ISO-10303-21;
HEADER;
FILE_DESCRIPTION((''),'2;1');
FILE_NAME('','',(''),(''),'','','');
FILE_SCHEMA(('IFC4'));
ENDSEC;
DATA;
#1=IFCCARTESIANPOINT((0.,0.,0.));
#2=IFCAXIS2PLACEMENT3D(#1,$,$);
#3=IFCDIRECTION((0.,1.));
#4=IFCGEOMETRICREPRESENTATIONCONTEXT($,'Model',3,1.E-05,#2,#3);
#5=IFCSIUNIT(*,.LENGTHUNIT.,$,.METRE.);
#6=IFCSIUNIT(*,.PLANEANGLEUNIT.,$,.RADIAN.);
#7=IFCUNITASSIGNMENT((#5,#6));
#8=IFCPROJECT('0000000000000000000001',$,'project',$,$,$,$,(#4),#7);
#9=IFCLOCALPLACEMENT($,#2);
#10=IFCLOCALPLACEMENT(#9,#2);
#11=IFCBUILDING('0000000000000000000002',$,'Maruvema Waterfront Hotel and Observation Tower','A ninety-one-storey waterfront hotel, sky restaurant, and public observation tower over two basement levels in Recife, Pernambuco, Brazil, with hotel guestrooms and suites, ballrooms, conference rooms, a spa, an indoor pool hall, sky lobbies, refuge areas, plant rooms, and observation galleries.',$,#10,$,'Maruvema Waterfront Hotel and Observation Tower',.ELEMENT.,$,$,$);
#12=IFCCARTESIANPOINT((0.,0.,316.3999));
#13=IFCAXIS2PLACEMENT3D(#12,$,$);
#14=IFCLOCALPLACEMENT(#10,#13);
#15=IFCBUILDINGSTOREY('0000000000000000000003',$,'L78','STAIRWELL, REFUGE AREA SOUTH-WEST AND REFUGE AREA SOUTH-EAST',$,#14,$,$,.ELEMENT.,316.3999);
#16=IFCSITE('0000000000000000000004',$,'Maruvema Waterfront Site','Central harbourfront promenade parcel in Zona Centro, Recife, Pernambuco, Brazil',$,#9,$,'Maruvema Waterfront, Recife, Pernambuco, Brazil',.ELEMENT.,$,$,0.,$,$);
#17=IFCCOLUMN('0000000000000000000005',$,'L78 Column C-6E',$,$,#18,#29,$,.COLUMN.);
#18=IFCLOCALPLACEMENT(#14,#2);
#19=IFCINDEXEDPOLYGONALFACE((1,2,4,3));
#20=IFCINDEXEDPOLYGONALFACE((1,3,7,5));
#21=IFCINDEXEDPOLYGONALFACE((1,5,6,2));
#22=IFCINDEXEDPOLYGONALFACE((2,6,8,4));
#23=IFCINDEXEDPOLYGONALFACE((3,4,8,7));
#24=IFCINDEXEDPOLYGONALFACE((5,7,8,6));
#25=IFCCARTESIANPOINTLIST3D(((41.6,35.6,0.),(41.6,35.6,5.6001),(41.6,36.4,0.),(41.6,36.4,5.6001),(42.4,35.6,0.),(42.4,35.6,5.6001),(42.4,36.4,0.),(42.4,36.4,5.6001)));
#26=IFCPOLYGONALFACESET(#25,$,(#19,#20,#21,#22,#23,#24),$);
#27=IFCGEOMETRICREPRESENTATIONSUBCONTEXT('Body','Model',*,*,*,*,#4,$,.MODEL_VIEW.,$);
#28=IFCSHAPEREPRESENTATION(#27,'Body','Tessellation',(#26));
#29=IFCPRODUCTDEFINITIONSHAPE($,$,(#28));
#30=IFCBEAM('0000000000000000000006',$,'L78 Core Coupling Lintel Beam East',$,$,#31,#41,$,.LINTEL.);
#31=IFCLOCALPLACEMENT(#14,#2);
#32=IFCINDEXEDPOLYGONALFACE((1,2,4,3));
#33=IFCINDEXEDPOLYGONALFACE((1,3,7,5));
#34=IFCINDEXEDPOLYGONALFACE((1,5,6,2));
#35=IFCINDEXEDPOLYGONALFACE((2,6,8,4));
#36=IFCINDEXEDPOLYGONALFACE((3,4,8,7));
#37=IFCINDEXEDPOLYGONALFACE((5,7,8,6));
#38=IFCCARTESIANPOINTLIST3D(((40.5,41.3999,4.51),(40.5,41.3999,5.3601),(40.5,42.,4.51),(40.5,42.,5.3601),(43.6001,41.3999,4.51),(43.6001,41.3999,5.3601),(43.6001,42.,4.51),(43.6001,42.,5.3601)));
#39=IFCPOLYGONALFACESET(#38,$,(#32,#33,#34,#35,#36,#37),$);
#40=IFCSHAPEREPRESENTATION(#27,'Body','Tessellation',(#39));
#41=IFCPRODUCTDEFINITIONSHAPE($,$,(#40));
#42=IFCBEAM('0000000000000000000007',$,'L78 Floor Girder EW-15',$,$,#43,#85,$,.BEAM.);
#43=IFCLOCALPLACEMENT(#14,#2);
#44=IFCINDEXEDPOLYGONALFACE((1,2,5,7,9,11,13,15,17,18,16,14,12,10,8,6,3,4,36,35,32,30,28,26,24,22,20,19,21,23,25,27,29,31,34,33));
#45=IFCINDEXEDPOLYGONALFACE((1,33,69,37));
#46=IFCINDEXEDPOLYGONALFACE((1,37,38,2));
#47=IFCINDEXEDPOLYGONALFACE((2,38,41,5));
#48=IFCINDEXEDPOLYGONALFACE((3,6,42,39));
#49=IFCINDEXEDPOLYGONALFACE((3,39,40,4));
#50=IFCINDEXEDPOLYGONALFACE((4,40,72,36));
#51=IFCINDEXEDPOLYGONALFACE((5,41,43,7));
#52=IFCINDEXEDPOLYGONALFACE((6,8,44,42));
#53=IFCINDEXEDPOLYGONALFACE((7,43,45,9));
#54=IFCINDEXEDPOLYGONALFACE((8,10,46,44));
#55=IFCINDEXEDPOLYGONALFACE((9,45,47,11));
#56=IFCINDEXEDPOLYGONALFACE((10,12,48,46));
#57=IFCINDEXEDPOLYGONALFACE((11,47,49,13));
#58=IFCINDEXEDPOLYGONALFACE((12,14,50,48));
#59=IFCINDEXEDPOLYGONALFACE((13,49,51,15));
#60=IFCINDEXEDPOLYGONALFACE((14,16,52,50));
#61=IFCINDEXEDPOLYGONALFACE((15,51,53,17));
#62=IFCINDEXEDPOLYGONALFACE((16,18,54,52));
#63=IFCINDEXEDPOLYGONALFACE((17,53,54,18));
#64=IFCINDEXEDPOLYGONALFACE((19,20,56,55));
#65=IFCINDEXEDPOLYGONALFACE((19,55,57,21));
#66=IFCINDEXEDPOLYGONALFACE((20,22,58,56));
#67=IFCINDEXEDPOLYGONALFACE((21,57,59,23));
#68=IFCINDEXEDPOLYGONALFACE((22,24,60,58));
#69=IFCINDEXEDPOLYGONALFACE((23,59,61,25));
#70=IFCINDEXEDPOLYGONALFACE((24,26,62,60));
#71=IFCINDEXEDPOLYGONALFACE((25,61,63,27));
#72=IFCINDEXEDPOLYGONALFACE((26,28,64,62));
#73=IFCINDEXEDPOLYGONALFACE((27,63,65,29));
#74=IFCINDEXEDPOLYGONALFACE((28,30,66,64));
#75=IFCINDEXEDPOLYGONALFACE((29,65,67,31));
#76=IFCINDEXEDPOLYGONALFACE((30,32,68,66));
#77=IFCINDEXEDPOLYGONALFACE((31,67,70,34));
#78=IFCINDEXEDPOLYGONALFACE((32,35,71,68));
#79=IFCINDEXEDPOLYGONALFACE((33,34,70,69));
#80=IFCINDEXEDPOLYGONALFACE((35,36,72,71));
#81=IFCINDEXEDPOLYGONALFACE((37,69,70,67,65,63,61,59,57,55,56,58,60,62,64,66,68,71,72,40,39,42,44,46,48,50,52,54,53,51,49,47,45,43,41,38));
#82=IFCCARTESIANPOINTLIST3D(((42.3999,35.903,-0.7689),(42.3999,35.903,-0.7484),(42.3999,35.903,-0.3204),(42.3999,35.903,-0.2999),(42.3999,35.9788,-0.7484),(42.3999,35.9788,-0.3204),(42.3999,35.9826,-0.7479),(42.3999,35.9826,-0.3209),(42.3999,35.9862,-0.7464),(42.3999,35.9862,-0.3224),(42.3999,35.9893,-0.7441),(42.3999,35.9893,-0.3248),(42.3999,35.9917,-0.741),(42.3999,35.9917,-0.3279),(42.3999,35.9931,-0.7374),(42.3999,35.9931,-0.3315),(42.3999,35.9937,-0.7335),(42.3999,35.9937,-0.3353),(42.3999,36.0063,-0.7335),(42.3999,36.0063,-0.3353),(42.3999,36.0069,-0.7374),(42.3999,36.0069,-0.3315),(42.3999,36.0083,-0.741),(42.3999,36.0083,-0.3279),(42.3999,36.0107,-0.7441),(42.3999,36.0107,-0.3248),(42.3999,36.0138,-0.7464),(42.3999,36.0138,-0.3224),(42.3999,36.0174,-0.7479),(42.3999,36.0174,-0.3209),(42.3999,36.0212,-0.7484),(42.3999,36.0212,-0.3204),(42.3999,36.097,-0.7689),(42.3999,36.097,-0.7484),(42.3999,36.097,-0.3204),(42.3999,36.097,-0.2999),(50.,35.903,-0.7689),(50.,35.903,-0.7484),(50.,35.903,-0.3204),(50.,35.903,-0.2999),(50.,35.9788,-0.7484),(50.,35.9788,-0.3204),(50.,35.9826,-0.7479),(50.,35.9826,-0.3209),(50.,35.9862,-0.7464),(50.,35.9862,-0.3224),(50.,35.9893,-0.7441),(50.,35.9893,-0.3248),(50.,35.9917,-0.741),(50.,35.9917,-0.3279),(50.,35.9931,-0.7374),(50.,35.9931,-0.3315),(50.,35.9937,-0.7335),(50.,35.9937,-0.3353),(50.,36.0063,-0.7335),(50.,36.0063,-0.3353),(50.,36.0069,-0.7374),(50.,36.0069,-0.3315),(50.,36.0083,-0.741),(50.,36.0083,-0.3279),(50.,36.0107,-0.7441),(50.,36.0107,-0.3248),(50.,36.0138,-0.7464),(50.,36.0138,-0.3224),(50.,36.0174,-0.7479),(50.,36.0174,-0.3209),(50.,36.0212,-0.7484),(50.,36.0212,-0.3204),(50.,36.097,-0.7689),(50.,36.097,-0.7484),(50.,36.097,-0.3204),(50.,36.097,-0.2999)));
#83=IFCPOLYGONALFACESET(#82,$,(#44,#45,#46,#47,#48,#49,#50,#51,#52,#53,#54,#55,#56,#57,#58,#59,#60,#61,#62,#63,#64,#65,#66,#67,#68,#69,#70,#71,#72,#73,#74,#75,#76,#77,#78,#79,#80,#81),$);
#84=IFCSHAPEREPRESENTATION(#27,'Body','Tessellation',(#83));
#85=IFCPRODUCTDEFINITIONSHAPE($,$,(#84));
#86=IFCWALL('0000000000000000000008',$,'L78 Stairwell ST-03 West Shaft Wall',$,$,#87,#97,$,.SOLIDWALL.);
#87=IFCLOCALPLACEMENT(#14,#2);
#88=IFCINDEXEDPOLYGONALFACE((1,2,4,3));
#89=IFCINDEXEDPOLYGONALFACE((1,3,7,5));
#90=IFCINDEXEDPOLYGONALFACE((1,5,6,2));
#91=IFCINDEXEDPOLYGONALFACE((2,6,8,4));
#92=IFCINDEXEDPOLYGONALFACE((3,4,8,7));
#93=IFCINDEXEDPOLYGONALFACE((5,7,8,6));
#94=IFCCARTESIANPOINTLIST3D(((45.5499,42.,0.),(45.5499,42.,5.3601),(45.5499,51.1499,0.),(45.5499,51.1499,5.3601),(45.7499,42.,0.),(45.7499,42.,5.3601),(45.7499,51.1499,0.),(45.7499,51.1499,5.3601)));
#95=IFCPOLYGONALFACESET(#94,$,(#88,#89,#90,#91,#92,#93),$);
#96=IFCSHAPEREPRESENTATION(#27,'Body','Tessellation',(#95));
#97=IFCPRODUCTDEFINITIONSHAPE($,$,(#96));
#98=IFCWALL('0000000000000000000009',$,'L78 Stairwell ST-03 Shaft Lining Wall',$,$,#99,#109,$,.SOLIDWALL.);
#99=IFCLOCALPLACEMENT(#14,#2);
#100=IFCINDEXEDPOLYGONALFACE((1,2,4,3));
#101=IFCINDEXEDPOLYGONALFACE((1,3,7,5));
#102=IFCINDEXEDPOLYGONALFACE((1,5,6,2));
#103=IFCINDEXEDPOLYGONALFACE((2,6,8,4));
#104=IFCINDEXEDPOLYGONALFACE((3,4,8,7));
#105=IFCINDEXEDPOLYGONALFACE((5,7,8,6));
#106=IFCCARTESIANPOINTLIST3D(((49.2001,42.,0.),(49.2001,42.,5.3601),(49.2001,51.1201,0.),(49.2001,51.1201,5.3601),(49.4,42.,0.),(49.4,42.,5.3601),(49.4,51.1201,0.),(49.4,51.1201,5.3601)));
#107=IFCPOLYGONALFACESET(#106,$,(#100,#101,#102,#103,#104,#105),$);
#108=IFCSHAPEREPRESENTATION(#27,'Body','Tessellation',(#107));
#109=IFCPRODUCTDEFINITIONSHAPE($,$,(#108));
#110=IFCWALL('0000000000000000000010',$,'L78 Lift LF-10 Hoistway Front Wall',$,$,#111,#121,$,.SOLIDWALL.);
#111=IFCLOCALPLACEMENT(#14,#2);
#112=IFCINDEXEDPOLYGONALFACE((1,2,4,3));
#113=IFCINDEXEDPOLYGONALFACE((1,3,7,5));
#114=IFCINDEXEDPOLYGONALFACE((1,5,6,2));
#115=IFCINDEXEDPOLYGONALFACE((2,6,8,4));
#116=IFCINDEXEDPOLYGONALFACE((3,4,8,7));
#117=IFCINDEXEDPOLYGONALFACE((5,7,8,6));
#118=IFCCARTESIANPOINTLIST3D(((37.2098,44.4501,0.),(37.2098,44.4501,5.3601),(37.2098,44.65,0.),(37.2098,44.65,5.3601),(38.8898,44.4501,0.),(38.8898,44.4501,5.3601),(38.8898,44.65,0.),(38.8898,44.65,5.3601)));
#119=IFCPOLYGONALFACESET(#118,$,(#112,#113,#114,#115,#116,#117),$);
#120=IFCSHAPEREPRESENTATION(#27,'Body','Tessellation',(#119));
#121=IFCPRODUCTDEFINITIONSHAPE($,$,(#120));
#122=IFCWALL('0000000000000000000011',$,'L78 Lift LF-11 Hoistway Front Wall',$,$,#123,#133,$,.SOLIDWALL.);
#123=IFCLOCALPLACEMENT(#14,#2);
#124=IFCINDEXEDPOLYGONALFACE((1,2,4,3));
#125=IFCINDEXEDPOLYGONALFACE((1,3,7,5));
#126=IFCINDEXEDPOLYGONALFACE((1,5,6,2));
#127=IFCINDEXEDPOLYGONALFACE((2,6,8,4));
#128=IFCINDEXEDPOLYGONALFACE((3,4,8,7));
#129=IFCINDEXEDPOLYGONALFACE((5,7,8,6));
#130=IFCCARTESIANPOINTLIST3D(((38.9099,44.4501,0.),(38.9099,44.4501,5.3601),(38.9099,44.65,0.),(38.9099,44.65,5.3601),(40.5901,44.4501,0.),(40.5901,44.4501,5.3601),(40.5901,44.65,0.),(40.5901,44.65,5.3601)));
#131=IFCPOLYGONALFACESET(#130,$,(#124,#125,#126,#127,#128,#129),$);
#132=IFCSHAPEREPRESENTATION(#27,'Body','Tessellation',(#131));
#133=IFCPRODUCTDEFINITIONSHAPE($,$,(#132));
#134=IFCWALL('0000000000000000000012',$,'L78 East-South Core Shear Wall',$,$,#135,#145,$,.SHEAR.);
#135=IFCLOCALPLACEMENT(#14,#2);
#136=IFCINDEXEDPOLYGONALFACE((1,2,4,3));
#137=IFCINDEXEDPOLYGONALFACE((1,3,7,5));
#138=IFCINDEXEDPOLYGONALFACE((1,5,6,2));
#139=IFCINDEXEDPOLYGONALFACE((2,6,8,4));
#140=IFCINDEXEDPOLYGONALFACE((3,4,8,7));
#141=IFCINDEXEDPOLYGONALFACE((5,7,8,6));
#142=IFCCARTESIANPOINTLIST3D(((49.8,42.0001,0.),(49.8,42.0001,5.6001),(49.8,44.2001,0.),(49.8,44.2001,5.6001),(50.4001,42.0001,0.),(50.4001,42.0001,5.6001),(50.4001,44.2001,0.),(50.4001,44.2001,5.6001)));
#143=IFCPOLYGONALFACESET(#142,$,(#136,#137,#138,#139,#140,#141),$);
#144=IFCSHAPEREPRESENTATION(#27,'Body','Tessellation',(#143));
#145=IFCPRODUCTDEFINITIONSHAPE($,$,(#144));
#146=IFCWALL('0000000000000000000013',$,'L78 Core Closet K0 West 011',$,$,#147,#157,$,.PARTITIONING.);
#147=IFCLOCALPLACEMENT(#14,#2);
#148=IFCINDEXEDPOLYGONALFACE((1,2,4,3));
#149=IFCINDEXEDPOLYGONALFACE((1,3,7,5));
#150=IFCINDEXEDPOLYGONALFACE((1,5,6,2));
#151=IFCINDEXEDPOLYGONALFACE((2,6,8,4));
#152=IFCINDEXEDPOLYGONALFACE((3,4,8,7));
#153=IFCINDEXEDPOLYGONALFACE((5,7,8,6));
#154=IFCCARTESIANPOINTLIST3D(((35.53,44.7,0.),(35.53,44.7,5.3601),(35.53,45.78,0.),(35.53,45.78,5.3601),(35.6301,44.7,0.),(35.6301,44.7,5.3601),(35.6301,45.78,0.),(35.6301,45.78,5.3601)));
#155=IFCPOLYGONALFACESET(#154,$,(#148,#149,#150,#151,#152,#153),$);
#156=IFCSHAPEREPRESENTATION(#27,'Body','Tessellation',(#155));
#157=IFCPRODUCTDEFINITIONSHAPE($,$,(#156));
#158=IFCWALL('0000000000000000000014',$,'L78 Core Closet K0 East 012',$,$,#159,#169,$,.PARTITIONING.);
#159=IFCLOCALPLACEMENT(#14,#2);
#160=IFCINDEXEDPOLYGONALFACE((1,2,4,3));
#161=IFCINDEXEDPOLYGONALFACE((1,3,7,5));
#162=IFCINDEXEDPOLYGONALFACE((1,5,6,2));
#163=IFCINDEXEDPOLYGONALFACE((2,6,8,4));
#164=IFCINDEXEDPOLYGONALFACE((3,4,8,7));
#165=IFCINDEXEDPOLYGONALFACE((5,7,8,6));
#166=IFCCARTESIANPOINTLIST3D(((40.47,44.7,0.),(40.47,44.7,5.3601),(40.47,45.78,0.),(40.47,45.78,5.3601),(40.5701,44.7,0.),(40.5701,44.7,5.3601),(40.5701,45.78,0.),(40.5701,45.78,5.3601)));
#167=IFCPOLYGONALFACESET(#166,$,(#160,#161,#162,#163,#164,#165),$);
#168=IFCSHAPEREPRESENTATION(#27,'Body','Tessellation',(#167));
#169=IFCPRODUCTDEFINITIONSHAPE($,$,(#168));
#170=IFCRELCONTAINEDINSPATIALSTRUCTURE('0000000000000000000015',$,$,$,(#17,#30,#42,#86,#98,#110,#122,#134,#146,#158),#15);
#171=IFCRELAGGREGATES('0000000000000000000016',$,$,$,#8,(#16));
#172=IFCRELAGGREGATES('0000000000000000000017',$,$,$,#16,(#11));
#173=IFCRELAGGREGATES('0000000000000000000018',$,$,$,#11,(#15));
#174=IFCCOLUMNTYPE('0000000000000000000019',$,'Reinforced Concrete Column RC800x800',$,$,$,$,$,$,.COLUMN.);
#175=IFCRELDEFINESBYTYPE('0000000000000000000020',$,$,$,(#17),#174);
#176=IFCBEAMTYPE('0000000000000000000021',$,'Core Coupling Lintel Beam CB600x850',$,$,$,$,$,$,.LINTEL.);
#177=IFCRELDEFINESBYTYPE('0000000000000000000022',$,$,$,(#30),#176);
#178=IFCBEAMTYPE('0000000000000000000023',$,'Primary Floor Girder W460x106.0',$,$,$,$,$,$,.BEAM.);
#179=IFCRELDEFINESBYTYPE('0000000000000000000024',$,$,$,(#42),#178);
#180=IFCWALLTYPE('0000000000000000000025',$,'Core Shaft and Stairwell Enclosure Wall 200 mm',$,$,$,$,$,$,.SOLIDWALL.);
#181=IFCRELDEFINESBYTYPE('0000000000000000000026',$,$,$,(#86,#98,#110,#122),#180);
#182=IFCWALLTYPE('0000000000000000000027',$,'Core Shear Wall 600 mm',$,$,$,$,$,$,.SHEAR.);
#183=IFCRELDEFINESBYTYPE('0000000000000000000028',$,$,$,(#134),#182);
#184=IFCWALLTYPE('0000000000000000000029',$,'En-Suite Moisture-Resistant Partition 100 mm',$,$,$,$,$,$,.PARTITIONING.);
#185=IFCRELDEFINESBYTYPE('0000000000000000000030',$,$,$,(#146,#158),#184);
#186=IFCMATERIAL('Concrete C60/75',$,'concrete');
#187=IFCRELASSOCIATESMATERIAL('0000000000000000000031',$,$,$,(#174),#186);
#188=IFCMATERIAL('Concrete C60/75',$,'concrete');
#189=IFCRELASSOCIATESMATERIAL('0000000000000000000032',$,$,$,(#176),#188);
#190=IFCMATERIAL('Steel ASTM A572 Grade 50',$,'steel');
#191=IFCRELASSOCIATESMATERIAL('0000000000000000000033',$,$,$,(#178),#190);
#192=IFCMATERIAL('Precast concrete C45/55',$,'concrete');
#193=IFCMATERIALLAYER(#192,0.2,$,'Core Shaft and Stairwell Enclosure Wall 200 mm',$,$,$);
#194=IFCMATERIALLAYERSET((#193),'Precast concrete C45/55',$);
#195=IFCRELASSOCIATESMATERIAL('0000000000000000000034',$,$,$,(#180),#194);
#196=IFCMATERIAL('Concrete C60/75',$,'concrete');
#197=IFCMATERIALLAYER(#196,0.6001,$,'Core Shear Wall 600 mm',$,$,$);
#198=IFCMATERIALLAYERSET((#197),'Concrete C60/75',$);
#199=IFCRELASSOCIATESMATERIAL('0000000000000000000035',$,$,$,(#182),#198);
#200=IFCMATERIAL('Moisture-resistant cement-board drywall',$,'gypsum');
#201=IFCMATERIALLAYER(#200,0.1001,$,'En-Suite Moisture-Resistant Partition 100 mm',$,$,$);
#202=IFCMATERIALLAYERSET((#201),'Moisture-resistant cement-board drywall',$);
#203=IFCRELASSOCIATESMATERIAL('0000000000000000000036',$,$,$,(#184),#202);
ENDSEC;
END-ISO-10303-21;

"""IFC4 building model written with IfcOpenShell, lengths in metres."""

from ifc_helpers import new_model, si_unit, direction, frame, frame_2d, origin, origin_2d, place, context, subcontext, project, spatial, rectangle, i_section, extrude, material, layer, layer_set, material_profile, profile_set, type_object, element, save


model = new_model("IFC4")

# Units and contexts
model_context = context("Model", 3, precision=1e-05, world=origin(), true_north=direction((0.0, 1.0)))
body_context = subcontext(model_context, "Body", "Model", "MODEL_VIEW")
ifc_project = project(units=[si_unit("LENGTHUNIT", "METRE"), si_unit("PLANEANGLEUNIT", "RADIAN")], contexts=[model_context])

# Site, building, storey
site_placement = place(None, origin())
site = spatial("IfcSite", under=ifc_project, at=site_placement, Name="Maruvema Waterfront Site", Description="Central harbourfront promenade parcel in Zona Centro, Recife, Pernambuco, Brazil", LongName="Maruvema Waterfront, Recife, Pernambuco, Brazil", CompositionType="ELEMENT", RefElevation=0.0)
building_placement = place(site_placement, origin())
building = spatial("IfcBuilding", under=site, at=building_placement, Name="Maruvema Waterfront Hotel and Observation Tower", Description="A ninety-one-storey waterfront hotel, sky restaurant, and public observation tower over two basement levels in Recife, Pernambuco, Brazil, with hotel guestrooms and suites, ballrooms, conference rooms, a spa, an indoor pool hall, sky lobbies, refuge areas, plant rooms, and observation galleries.", LongName="Maruvema Waterfront Hotel and Observation Tower", CompositionType="ELEMENT")
storey_placement = place(building_placement, frame((0.0, 0.0, 316.3999)))
storey = spatial("IfcBuildingStorey", under=building, at=storey_placement, Name="L78", Description="STAIRWELL, REFUGE AREA SOUTH-WEST AND REFUGE AREA SOUTH-EAST", CompositionType="ELEMENT", Elevation=316.3999)

# Column
ifc_material_1 = material(Name="Concrete C60/75", Category="concrete")
ifc_material_profile_1 = material_profile(ifc_material_1, rectangle(XDim=0.8, YDim=0.8, at=origin_2d()), Name="RC800x800")
ifc_profile_set_1 = profile_set([ifc_material_profile_1], Name="Concrete C60/75")
column_type = type_object("IfcColumnType", Name="Reinforced Concrete Column RC800x800", PredefinedType="COLUMN", material=ifc_profile_set_1)
column_placement = place(storey_placement, frame((42.0, 36.0, 0.0), z_axis=(0.0, 0.0, 1.0), x_axis=(1.0, 0.0, 0.0)))
element("IfcColumn", 1, at=column_placement, inside=storey, type_object=column_type, Name="L78 Column C-6E", PredefinedType="COLUMN", context=body_context, shape_type="SweptSolid", body=[
    extrude(rectangle(XDim=0.8, YDim=0.8, at=origin_2d()), origin(), (0.0, 0.0, 1.0), 5.6001),
])

# Beams
ifc_material_2 = material(Name="Concrete C60/75", Category="concrete")
ifc_material_profile_2 = material_profile(ifc_material_2, rectangle(XDim=0.6001, YDim=0.8501, at=origin_2d()), Name="CB600x850")
ifc_profile_set_2 = profile_set([ifc_material_profile_2], Name="Concrete C60/75")
beam_type_1 = type_object("IfcBeamType", Name="Core Coupling Lintel Beam CB600x850", PredefinedType="LINTEL", material=ifc_profile_set_2)
beam_1_placement = place(storey_placement, frame((40.5, 41.7, 4.9351), z_axis=(1.0, 0.0, 0.0), x_axis=(0.0, 1.0, 0.0)))
element("IfcBeam", 2, at=beam_1_placement, inside=storey, type_object=beam_type_1, Name="L78 Core Coupling Lintel Beam East", PredefinedType="LINTEL", context=body_context, shape_type="SweptSolid", body=[
    extrude(rectangle(XDim=0.6001, YDim=0.8501, at=origin_2d()), origin(), (0.0, 0.0, 1.0), 3.1001),
])
ifc_material_3 = material(Name="Steel ASTM A572 Grade 50", Category="steel")
ifc_material_profile_3 = material_profile(ifc_material_3, i_section(OverallWidth=0.1941, OverallDepth=0.469, WebThickness=0.0127, FlangeThickness=0.0205, FilletRadius=0.0149, at=origin_2d()), Name="W460x106.0")
ifc_profile_set_3 = profile_set([ifc_material_profile_3], Name="Steel ASTM A572 Grade 50")
beam_type_2 = type_object("IfcBeamType", Name="Primary Floor Girder W460x106.0", PredefinedType="BEAM", material=ifc_profile_set_3)
beam_2_placement = place(storey_placement, frame((42.3999, 36.0, -0.5344), z_axis=(1.0, 0.0, 0.0), x_axis=(0.0, 1.0, 0.0)))
element("IfcBeam", 3, at=beam_2_placement, inside=storey, type_object=beam_type_2, Name="L78 Floor Girder EW-15", PredefinedType="BEAM", context=body_context, shape_type="SweptSolid", body=[
    extrude(i_section(OverallWidth=0.1941, OverallDepth=0.469, WebThickness=0.0127, FlangeThickness=0.0205, FilletRadius=0.0149, at=origin_2d()), origin(), (0.0, 0.0, 1.0), 7.6001),
])

# Walls
ifc_material_4 = material(Name="Precast concrete C45/55", Category="concrete")
ifc_layer_1 = layer(ifc_material_4, 0.2, Name="Core Shaft and Stairwell Enclosure Wall 200 mm")
ifc_layer_set_1 = layer_set([ifc_layer_1], Name="Precast concrete C45/55")
wall_type_1 = type_object("IfcWallType", Name="Core Shaft and Stairwell Enclosure Wall 200 mm", PredefinedType="SOLIDWALL", material=ifc_layer_set_1)
wall_1_placement = place(storey_placement, frame((45.6499, 42.0, 0.0), z_axis=(0.0, 0.0, 1.0), x_axis=(0.0, 1.0, 0.0)))
element("IfcWall", 4, at=wall_1_placement, inside=storey, type_object=wall_type_1, Name="L78 Stairwell ST-03 West Shaft Wall", PredefinedType="SOLIDWALL", context=body_context, shape_type="SweptSolid", body=[
    extrude(rectangle(XDim=9.1499, YDim=0.2, at=frame_2d((4.575, 0.0))), origin(), (0.0, 0.0, 1.0), 5.3601),
])
wall_2_placement = place(storey_placement, frame((49.3, 42.0, 0.0), z_axis=(0.0, 0.0, 1.0), x_axis=(0.0, 1.0, 0.0)))
element("IfcWall", 5, at=wall_2_placement, inside=storey, type_object=wall_type_1, Name="L78 Stairwell ST-03 Shaft Lining Wall", PredefinedType="SOLIDWALL", context=body_context, shape_type="SweptSolid", body=[
    extrude(rectangle(XDim=9.1201, YDim=0.2, at=frame_2d((4.5601, 0.0))), origin(), (0.0, 0.0, 1.0), 5.3601),
])
wall_3_placement = place(storey_placement, frame((37.21, 44.55, 0.0), z_axis=(0.0, 0.0, 1.0), x_axis=(1.0, 0.0, 0.0)))
element("IfcWall", 6, at=wall_3_placement, inside=storey, type_object=wall_type_1, Name="L78 Lift LF-10 Hoistway Front Wall", PredefinedType="SOLIDWALL", context=body_context, shape_type="SweptSolid", body=[
    extrude(rectangle(XDim=1.6799, YDim=0.2, at=frame_2d((0.8398, 0.0))), origin(), (0.0, 0.0, 1.0), 5.3601),
])
wall_4_placement = place(storey_placement, frame((38.9099, 44.55, 0.0), z_axis=(0.0, 0.0, 1.0), x_axis=(1.0, 0.0, 0.0)))
element("IfcWall", 7, at=wall_4_placement, inside=storey, type_object=wall_type_1, Name="L78 Lift LF-11 Hoistway Front Wall", PredefinedType="SOLIDWALL", context=body_context, shape_type="SweptSolid", body=[
    extrude(rectangle(XDim=1.6802, YDim=0.2, at=frame_2d((0.8401, 0.0))), origin(), (0.0, 0.0, 1.0), 5.3601),
])

# Shared definitions
ifc_material_5 = material(Name="Concrete C60/75", Category="concrete")
ifc_layer_2 = layer(ifc_material_5, 0.6001, Name="Core Shear Wall 600 mm")
ifc_layer_set_2 = layer_set([ifc_layer_2], Name="Concrete C60/75")
wall_type_2 = type_object("IfcWallType", Name="Core Shear Wall 600 mm", PredefinedType="SHEAR", material=ifc_layer_set_2)

# Walls
wall_5_placement = place(storey_placement, frame((50.1001, 42.0, 0.0), z_axis=(0.0, 0.0, 1.0), x_axis=(0.0, 1.0, 0.0)))
element("IfcWall", 8, at=wall_5_placement, inside=storey, type_object=wall_type_2, Name="L78 East-South Core Shear Wall", PredefinedType="SHEAR", context=body_context, shape_type="SweptSolid", body=[
    extrude(rectangle(XDim=2.2, YDim=0.6001, at=frame_2d((1.1001, 0.0))), origin(), (0.0, 0.0, 1.0), 5.6001),
])
ifc_material_6 = material(Name="Moisture-resistant cement-board drywall", Category="gypsum")
ifc_layer_3 = layer(ifc_material_6, 0.1001, Name="En-Suite Moisture-Resistant Partition 100 mm")
ifc_layer_set_3 = layer_set([ifc_layer_3], Name="Moisture-resistant cement-board drywall")
wall_type_3 = type_object("IfcWallType", Name="En-Suite Moisture-Resistant Partition 100 mm", PredefinedType="PARTITIONING", material=ifc_layer_set_3)
for number, where, z_axis, x_axis, name in (
    (9, (35.5801, 44.7, 0.0), (0.0, 0.0, 1.0), (0.0, 1.0, 0.0), "L78 Core Closet K0 West 011"),
    (10, (40.52, 44.7, 0.0), (0.0, 0.0, 1.0), (0.0, 1.0, 0.0), "L78 Core Closet K0 East 012"),
):
    element("IfcWall", number, at=place(storey_placement, frame(where, z_axis=z_axis, x_axis=x_axis)), inside=storey, type_object=wall_type_3, Name=name, PredefinedType="PARTITIONING", context=body_context, shape_type="SweptSolid", body=[
        extrude(rectangle(XDim=1.0801, YDim=0.1001, at=frame_2d((0.54, 0.0))), origin(), (0.0, 0.0, 1.0), 5.3601),
    ])

save(model, "model.ifc")
